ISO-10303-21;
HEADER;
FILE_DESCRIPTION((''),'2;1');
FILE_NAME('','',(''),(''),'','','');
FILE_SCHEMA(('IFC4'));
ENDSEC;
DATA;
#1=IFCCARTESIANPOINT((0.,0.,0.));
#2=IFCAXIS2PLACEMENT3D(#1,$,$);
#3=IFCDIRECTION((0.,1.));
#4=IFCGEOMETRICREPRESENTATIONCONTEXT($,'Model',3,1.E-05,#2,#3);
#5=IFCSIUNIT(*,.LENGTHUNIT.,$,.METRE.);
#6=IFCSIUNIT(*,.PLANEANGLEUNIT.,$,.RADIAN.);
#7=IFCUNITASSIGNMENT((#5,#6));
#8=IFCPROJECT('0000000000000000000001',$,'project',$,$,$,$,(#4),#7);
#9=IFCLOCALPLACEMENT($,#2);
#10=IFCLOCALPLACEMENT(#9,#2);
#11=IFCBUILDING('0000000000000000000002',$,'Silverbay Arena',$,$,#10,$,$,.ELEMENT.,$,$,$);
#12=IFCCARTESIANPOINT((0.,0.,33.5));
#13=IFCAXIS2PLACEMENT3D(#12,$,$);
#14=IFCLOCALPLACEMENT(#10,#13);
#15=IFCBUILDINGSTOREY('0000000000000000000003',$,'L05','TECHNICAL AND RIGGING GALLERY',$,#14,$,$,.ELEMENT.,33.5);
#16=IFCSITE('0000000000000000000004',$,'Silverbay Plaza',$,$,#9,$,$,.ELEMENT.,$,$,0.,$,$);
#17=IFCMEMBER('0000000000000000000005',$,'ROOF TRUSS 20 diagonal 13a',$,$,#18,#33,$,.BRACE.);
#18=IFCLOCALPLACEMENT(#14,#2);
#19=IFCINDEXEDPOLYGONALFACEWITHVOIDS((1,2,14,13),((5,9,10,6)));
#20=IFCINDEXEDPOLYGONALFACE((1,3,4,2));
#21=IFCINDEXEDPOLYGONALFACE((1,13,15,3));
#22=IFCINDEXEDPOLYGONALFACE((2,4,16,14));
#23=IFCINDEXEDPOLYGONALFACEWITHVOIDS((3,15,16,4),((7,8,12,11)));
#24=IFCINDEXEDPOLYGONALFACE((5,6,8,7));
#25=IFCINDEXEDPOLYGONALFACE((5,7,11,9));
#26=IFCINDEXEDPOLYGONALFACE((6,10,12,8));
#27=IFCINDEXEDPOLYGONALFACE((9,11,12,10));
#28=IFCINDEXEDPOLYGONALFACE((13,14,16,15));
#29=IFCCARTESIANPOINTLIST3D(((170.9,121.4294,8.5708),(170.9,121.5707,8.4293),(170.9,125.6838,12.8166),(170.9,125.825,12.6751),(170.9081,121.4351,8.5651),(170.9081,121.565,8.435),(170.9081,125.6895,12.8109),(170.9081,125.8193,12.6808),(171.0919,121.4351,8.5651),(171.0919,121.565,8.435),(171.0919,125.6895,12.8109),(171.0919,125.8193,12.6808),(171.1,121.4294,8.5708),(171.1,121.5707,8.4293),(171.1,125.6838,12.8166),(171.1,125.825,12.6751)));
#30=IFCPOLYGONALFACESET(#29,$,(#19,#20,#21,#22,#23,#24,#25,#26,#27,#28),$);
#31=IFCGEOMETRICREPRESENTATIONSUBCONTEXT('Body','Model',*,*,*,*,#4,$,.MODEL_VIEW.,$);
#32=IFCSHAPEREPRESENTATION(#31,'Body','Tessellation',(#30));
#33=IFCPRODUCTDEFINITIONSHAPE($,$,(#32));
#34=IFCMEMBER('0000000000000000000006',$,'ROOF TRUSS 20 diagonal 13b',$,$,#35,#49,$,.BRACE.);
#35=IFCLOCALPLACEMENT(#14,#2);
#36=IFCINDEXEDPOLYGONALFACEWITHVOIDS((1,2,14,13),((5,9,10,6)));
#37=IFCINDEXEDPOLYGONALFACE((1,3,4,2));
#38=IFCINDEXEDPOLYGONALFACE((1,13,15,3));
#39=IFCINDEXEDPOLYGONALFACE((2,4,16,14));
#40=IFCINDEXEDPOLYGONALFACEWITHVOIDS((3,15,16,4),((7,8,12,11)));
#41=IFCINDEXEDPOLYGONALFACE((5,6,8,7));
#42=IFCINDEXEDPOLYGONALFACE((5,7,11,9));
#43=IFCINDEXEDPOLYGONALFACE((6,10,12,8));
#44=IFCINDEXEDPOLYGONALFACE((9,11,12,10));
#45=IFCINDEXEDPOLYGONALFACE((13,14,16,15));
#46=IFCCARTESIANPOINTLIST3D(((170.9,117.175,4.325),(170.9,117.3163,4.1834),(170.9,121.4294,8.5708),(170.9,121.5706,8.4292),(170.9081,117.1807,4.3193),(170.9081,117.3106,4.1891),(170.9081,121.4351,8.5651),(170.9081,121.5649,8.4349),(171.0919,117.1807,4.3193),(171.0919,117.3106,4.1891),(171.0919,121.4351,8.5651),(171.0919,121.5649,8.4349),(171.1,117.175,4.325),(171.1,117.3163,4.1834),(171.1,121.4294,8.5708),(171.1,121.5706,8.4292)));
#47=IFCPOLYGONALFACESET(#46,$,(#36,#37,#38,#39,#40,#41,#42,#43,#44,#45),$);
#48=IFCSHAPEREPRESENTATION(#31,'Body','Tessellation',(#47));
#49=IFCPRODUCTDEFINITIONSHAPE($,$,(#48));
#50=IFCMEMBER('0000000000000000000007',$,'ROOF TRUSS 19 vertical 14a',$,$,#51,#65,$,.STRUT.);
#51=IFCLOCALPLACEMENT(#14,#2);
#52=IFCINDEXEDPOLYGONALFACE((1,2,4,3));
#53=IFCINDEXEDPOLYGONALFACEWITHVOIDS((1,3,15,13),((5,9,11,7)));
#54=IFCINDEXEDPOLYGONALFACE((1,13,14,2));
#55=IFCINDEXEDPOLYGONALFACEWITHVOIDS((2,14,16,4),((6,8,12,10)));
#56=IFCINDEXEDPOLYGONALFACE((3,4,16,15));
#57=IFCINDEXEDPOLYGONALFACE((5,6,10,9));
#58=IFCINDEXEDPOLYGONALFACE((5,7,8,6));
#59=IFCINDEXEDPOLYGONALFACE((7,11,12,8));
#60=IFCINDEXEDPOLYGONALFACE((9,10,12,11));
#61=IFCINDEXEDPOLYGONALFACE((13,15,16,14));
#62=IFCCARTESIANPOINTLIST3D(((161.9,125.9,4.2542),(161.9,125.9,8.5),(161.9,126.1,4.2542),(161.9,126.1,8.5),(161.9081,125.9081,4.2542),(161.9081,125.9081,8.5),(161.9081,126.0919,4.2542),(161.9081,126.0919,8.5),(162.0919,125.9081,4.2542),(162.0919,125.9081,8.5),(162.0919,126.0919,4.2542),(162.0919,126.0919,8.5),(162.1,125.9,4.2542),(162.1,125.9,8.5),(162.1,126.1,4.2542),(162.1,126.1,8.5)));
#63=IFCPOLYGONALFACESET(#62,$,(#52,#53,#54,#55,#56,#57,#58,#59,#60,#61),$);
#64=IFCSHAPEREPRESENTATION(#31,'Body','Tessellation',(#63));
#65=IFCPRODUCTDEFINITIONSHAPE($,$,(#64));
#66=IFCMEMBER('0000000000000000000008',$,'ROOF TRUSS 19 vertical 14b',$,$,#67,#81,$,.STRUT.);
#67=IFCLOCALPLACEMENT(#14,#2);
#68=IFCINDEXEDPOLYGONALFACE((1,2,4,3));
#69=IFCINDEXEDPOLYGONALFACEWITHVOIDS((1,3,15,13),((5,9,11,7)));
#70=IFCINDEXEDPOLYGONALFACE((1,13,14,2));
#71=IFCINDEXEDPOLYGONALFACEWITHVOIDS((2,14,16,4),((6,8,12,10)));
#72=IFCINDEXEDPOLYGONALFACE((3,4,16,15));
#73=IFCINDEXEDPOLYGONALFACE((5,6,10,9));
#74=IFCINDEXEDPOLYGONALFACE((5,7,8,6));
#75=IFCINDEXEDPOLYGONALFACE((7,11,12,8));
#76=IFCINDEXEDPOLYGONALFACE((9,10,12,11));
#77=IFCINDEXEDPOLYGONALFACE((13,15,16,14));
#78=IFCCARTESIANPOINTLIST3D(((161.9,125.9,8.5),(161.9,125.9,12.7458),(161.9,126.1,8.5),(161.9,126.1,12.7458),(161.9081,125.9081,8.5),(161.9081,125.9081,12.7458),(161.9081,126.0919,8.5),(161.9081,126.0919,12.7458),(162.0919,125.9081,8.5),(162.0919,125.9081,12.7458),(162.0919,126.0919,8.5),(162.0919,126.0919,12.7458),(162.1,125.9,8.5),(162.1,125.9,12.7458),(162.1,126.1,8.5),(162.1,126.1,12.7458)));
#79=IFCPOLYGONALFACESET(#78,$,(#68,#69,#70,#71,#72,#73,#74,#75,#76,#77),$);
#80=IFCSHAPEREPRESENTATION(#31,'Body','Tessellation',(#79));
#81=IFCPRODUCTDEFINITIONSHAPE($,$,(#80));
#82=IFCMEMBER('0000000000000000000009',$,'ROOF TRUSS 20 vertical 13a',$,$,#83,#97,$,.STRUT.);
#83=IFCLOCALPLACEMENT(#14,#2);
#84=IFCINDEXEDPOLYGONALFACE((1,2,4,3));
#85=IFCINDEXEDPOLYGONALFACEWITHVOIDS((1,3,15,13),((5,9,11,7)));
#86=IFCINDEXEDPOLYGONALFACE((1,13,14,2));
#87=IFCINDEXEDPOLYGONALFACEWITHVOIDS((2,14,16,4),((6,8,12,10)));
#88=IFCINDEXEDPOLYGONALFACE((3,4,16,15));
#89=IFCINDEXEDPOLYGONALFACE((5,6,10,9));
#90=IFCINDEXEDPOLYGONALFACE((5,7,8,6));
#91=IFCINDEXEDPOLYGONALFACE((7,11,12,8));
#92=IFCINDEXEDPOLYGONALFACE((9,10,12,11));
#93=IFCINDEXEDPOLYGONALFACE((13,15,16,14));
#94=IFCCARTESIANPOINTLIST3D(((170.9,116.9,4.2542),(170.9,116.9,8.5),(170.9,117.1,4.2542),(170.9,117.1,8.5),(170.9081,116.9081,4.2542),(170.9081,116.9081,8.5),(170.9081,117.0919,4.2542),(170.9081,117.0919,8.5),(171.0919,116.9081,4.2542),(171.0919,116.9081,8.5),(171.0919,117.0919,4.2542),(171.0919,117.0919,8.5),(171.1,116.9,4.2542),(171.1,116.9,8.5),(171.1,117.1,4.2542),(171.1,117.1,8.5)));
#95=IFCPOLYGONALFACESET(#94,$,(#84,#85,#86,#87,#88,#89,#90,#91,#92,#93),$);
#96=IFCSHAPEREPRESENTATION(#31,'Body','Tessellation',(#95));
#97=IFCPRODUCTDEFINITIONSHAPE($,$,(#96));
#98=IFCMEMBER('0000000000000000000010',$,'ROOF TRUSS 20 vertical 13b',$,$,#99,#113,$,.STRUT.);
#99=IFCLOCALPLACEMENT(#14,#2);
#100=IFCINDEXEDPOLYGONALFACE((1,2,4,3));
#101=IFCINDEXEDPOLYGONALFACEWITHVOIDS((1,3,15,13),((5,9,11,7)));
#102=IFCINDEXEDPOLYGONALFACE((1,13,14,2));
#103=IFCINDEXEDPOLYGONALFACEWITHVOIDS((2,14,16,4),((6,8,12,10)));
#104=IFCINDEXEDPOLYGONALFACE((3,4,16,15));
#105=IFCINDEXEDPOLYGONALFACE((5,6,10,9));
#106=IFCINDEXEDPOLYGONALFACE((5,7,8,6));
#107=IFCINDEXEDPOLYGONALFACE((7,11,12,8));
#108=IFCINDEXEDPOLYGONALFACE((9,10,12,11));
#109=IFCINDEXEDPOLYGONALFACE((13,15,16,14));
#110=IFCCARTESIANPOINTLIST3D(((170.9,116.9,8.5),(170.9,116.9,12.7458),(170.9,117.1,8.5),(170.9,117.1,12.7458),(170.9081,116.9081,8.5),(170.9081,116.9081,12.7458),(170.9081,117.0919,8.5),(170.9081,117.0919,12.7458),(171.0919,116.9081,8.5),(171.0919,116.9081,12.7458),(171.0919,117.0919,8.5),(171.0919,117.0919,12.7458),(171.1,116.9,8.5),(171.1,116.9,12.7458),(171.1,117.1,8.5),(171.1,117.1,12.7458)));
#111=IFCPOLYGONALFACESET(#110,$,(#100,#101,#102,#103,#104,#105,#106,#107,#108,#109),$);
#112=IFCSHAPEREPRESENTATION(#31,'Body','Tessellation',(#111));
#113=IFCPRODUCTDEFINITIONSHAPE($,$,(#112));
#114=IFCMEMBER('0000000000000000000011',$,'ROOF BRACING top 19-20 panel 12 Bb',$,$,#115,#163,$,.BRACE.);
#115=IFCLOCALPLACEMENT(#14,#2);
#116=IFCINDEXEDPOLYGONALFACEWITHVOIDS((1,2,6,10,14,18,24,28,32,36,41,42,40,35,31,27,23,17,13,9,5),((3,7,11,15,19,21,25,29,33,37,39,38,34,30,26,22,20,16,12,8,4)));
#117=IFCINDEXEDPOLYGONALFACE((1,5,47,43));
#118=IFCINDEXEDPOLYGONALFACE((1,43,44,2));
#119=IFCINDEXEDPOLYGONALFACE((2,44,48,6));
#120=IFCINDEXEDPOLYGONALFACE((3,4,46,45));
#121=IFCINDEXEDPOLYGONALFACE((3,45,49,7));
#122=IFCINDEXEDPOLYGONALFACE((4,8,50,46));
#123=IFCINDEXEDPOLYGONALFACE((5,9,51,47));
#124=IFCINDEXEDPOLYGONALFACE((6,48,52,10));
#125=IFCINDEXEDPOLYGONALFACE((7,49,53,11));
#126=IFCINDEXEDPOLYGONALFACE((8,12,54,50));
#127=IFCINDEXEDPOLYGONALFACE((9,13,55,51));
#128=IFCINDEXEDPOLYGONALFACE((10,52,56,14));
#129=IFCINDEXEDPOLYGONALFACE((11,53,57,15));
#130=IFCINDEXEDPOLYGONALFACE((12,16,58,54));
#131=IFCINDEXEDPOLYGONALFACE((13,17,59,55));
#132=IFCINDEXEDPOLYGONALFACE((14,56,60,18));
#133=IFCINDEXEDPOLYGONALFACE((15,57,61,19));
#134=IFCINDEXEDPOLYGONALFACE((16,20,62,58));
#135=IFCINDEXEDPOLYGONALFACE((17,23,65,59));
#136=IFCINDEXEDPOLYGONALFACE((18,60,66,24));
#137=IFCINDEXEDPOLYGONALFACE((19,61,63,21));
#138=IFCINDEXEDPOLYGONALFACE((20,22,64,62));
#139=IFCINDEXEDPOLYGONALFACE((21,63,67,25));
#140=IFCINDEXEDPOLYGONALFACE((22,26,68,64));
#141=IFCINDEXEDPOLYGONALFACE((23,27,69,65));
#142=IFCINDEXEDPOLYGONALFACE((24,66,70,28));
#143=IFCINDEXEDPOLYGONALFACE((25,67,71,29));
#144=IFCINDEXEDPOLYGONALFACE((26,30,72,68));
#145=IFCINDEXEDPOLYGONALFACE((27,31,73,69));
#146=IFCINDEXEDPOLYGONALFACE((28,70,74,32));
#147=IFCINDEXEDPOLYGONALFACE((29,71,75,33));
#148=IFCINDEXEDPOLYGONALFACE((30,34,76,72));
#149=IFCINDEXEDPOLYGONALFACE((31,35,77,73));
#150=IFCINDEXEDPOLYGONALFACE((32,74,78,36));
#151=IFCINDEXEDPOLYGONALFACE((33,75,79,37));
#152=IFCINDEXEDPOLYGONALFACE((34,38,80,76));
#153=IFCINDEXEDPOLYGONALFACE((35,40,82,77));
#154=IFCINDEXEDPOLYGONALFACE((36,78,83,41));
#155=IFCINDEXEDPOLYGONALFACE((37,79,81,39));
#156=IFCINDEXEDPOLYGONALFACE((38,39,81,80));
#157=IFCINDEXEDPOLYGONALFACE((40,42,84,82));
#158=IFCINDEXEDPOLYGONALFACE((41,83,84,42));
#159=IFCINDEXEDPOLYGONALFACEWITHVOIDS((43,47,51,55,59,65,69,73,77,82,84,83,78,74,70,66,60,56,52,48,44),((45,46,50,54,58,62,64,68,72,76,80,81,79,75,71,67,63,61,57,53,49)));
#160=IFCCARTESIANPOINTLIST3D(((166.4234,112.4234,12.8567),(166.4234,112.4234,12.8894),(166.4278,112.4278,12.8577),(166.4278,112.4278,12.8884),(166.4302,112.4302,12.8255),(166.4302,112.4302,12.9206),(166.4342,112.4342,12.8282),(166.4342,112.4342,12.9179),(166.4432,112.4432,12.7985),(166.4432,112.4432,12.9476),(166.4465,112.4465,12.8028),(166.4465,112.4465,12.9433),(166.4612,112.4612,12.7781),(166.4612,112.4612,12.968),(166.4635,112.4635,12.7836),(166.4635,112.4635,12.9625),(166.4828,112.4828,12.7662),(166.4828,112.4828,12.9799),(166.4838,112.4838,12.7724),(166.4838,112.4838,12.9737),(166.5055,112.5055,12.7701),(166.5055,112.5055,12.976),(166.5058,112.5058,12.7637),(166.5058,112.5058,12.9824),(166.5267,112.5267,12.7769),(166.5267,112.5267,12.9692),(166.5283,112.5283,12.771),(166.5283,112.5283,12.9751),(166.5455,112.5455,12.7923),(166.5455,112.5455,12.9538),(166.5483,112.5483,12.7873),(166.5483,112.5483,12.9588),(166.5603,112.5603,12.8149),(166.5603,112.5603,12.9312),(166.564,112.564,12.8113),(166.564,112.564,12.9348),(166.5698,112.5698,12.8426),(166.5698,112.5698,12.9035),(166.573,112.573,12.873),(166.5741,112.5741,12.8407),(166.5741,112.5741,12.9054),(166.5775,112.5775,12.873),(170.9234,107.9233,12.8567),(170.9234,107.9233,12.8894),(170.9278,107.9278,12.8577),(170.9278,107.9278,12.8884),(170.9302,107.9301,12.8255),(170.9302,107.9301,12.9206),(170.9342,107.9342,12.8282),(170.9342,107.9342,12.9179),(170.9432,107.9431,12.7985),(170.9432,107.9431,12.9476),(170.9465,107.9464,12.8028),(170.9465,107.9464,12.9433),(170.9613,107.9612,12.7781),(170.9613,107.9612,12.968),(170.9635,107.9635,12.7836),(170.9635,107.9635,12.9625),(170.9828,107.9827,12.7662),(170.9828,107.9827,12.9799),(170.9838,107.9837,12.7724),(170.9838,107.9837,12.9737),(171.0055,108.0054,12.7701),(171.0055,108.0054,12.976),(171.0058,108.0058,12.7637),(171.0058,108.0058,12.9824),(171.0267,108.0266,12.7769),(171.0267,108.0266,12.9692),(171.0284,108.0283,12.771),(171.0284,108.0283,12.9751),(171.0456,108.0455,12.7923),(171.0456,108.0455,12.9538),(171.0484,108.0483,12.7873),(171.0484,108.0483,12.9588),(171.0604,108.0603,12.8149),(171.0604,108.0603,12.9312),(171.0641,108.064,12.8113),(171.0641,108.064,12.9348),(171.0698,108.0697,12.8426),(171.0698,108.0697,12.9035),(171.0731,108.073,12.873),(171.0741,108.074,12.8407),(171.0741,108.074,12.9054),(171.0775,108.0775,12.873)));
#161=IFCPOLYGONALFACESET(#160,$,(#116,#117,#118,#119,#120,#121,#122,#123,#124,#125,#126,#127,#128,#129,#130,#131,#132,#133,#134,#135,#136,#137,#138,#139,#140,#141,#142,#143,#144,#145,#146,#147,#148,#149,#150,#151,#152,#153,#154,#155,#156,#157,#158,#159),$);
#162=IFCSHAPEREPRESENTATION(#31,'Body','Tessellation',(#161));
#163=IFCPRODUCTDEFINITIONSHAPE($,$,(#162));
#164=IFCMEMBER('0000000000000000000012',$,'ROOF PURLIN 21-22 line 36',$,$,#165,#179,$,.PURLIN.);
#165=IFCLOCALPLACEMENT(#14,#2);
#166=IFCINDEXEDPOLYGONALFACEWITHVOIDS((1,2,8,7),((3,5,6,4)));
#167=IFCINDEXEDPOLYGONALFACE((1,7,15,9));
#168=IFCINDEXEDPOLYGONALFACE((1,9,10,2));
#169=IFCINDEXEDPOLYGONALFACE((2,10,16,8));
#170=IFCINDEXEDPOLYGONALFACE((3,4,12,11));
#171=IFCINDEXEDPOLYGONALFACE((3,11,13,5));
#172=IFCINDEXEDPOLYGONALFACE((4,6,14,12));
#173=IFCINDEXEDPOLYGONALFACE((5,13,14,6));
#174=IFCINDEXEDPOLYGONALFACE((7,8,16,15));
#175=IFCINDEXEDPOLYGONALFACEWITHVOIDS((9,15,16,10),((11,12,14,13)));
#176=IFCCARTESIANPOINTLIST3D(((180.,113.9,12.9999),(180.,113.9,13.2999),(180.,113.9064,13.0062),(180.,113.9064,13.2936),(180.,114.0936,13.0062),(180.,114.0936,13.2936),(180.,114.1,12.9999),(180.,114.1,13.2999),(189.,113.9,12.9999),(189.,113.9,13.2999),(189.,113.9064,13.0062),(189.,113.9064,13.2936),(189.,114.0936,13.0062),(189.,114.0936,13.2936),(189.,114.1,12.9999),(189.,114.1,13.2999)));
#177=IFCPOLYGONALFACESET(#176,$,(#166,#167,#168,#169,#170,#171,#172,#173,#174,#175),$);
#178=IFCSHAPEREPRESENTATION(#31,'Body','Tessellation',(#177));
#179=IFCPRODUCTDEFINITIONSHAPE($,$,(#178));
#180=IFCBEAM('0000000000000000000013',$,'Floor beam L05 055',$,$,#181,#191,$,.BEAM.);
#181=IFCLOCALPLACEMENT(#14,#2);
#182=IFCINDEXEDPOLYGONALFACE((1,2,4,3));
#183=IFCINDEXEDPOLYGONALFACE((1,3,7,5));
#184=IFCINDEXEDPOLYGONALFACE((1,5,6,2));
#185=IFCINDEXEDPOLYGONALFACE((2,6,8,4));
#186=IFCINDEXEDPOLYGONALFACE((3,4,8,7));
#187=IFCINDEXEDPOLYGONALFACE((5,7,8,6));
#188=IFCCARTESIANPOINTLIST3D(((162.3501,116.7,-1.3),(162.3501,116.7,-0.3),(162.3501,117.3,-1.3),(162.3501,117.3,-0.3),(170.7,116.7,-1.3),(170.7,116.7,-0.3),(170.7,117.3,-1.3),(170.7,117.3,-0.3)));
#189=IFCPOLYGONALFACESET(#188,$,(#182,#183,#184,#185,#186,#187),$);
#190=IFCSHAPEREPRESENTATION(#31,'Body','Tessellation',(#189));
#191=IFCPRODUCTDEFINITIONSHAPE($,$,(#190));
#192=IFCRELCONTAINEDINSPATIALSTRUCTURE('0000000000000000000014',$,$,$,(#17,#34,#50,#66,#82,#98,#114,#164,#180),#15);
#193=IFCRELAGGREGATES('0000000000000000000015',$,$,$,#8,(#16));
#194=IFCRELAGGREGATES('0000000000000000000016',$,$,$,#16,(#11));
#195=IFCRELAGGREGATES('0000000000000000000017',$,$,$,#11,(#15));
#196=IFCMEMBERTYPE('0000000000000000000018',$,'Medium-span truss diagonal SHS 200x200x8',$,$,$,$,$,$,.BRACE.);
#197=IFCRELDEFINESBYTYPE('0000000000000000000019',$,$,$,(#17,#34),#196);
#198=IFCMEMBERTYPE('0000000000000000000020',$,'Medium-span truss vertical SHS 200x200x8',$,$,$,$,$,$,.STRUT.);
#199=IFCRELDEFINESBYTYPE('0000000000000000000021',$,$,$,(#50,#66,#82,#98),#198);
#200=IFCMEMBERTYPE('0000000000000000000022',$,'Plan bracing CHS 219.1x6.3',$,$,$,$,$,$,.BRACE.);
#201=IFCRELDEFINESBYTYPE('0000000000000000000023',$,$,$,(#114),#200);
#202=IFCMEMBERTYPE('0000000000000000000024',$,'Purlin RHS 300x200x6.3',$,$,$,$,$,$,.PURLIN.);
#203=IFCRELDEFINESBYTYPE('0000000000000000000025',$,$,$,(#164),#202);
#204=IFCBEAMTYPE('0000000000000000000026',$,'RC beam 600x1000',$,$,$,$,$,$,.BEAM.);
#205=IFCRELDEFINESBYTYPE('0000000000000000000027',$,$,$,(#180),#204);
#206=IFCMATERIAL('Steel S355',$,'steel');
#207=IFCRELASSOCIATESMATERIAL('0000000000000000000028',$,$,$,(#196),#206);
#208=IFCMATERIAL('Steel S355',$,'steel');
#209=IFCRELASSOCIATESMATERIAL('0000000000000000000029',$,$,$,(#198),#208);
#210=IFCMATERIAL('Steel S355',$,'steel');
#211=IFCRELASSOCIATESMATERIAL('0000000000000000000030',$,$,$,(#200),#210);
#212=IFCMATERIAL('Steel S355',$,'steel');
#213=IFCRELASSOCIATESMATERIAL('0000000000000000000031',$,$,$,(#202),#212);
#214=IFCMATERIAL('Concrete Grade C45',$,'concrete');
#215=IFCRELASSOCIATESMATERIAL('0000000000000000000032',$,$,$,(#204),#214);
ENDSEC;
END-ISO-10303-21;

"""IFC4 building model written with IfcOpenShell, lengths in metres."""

from ifc_helpers import new_model, si_unit, direction, frame, origin, origin_2d, place, context, subcontext, project, spatial, rectangle, hollow_rectangle, hollow_circle, extrude, material, material_profile, profile_set, type_object, element, save


model = new_model("IFC4")

# Units and contexts
model_context = context("Model", 3, precision=1e-05, world=origin(), true_north=direction((0.0, 1.0)))
body_context = subcontext(model_context, "Body", "Model", "MODEL_VIEW")
ifc_project = project(units=[si_unit("LENGTHUNIT", "METRE"), si_unit("PLANEANGLEUNIT", "RADIAN")], contexts=[model_context])

# Site, building, storey
site_placement = place(None, origin())
site = spatial("IfcSite", under=ifc_project, at=site_placement, Name="Silverbay Plaza", CompositionType="ELEMENT", RefElevation=0.0)
building_placement = place(site_placement, origin())
building = spatial("IfcBuilding", under=site, at=building_placement, Name="Silverbay Arena", CompositionType="ELEMENT")
storey_placement = place(building_placement, frame((0.0, 0.0, 33.5)))
storey = spatial("IfcBuildingStorey", under=building, at=storey_placement, Name="L05", Description="TECHNICAL AND RIGGING GALLERY", CompositionType="ELEMENT", Elevation=33.5)

# Members
ifc_material_1 = material(Name="Steel S355", Category="steel")
ifc_material_profile_1 = material_profile(ifc_material_1, hollow_rectangle(XDim=0.2, YDim=0.2, WallThickness=0.0081, at=origin_2d()), Name="SHS 200x200x8")
ifc_profile_set_1 = profile_set([ifc_material_profile_1], Name="Steel S355")
member_type_1 = type_object("IfcMemberType", Name="Medium-span truss diagonal SHS 200x200x8", PredefinedType="BRACE", material=ifc_profile_set_1)
for number, where, z_axis, x_axis, name in (
    (1, (171.0, 125.7544, 12.7458), (0.0, -0.707817, -0.706396), (1.0, 0.0, 0.0), "ROOF TRUSS 20 diagonal 13a"),
    (2, (171.0, 121.5, 8.5), (0.0, -0.707817, -0.706396), (1.0, 0.0, 0.0), "ROOF TRUSS 20 diagonal 13b"),
):
    element("IfcMember", number, at=place(storey_placement, frame(where, z_axis=z_axis, x_axis=x_axis)), inside=storey, type_object=member_type_1, Name=name, PredefinedType="BRACE", context=body_context, shape_type="SweptSolid", body=[
        extrude(hollow_rectangle(XDim=0.2, YDim=0.2, WallThickness=0.0081, at=origin_2d()), origin(), (0.0, 0.0, 1.0), 6.0105),
    ])
ifc_material_2 = material(Name="Steel S355", Category="steel")
ifc_material_profile_2 = material_profile(ifc_material_2, hollow_rectangle(XDim=0.2, YDim=0.2, WallThickness=0.0081, at=origin_2d()), Name="SHS 200x200x8")
ifc_profile_set_2 = profile_set([ifc_material_profile_2], Name="Steel S355")
member_type_2 = type_object("IfcMemberType", Name="Medium-span truss vertical SHS 200x200x8", PredefinedType="STRUT", material=ifc_profile_set_2)
for number, where, z_axis, x_axis, name in (
    (3, (162.0, 126.0, 4.2542), (0.0, 0.0, 1.0), (1.0, 0.0, 0.0), "ROOF TRUSS 19 vertical 14a"),
    (4, (162.0, 126.0, 8.5), (0.0, 0.0, 1.0), (1.0, 0.0, 0.0), "ROOF TRUSS 19 vertical 14b"),
    (5, (171.0, 117.0, 4.2542), (0.0, 0.0, 1.0), (1.0, 0.0, 0.0), "ROOF TRUSS 20 vertical 13a"),
    (6, (171.0, 117.0, 8.5), (0.0, 0.0, 1.0), (1.0, 0.0, 0.0), "ROOF TRUSS 20 vertical 13b"),
):
    element("IfcMember", number, at=place(storey_placement, frame(where, z_axis=z_axis, x_axis=x_axis)), inside=storey, type_object=member_type_2, Name=name, PredefinedType="STRUT", context=body_context, shape_type="SweptSolid", body=[
        extrude(hollow_rectangle(XDim=0.2, YDim=0.2, WallThickness=0.0081, at=origin_2d()), origin(), (0.0, 0.0, 1.0), 4.2458),
    ])
ifc_material_3 = material(Name="Steel S355", Category="steel")
ifc_material_profile_3 = material_profile(ifc_material_3, hollow_circle(Radius=0.1096, WallThickness=0.0063, at=origin_2d()), Name="CHS 219.1x6.3")
ifc_profile_set_3 = profile_set([ifc_material_profile_3], Name="Steel S355")
member_type_3 = type_object("IfcMemberType", Name="Plan bracing CHS 219.1x6.3", PredefinedType="BRACE", material=ifc_profile_set_3)
member_1_placement = place(storey_placement, frame((166.5, 112.5, 12.873), z_axis=(0.707107, -0.707107, 0.0), x_axis=(0.707107, 0.707107, 0.0)))
element("IfcMember", 7, at=member_1_placement, inside=storey, type_object=member_type_3, Name="ROOF BRACING top 19-20 panel 12 Bb", PredefinedType="BRACE", context=body_context, shape_type="SweptSolid", body=[
    extrude(hollow_circle(Radius=0.1096, WallThickness=0.0063, at=origin_2d()), origin(), (0.0, 0.0, 1.0), 6.364),
])
ifc_material_4 = material(Name="Steel S355", Category="steel")
ifc_material_profile_4 = material_profile(ifc_material_4, hollow_rectangle(XDim=0.2, YDim=0.3, WallThickness=0.0063, at=origin_2d()), Name="RHS 300x200x6.3")
ifc_profile_set_4 = profile_set([ifc_material_profile_4], Name="Steel S355")
member_type_4 = type_object("IfcMemberType", Name="Purlin RHS 300x200x6.3", PredefinedType="PURLIN", material=ifc_profile_set_4)
member_2_placement = place(storey_placement, frame((180.0, 114.0, 13.1499), z_axis=(1.0, 0.0, 0.0), x_axis=(0.0, 1.0, 0.0)))
element("IfcMember", 8, at=member_2_placement, inside=storey, type_object=member_type_4, Name="ROOF PURLIN 21-22 line 36", PredefinedType="PURLIN", context=body_context, shape_type="SweptSolid", body=[
    extrude(hollow_rectangle(XDim=0.2, YDim=0.3, WallThickness=0.0063, at=origin_2d()), origin(), (0.0, 0.0, 1.0), 9.0),
])

# Beam
ifc_material_5 = material(Name="Concrete Grade C45", Category="concrete")
ifc_material_profile_5 = material_profile(ifc_material_5, rectangle(XDim=0.6001, YDim=1.0, at=origin_2d()), Name="RC 600x1000")
ifc_profile_set_5 = profile_set([ifc_material_profile_5], Name="Concrete Grade C45")
beam_type = type_object("IfcBeamType", Name="RC beam 600x1000", PredefinedType="BEAM", material=ifc_profile_set_5)
beam_placement = place(storey_placement, frame((162.3501, 117.0, -0.8), z_axis=(1.0, 0.0, 0.0), x_axis=(0.0, 1.0, 0.0)))
element("IfcBeam", 9, at=beam_placement, inside=storey, type_object=beam_type, Name="Floor beam L05 055", PredefinedType="BEAM", context=body_context, shape_type="SweptSolid", body=[
    extrude(rectangle(XDim=0.6001, YDim=1.0, at=origin_2d()), origin(), (0.0, 0.0, 1.0), 8.3499),
])

save(model, "model.ifc")
